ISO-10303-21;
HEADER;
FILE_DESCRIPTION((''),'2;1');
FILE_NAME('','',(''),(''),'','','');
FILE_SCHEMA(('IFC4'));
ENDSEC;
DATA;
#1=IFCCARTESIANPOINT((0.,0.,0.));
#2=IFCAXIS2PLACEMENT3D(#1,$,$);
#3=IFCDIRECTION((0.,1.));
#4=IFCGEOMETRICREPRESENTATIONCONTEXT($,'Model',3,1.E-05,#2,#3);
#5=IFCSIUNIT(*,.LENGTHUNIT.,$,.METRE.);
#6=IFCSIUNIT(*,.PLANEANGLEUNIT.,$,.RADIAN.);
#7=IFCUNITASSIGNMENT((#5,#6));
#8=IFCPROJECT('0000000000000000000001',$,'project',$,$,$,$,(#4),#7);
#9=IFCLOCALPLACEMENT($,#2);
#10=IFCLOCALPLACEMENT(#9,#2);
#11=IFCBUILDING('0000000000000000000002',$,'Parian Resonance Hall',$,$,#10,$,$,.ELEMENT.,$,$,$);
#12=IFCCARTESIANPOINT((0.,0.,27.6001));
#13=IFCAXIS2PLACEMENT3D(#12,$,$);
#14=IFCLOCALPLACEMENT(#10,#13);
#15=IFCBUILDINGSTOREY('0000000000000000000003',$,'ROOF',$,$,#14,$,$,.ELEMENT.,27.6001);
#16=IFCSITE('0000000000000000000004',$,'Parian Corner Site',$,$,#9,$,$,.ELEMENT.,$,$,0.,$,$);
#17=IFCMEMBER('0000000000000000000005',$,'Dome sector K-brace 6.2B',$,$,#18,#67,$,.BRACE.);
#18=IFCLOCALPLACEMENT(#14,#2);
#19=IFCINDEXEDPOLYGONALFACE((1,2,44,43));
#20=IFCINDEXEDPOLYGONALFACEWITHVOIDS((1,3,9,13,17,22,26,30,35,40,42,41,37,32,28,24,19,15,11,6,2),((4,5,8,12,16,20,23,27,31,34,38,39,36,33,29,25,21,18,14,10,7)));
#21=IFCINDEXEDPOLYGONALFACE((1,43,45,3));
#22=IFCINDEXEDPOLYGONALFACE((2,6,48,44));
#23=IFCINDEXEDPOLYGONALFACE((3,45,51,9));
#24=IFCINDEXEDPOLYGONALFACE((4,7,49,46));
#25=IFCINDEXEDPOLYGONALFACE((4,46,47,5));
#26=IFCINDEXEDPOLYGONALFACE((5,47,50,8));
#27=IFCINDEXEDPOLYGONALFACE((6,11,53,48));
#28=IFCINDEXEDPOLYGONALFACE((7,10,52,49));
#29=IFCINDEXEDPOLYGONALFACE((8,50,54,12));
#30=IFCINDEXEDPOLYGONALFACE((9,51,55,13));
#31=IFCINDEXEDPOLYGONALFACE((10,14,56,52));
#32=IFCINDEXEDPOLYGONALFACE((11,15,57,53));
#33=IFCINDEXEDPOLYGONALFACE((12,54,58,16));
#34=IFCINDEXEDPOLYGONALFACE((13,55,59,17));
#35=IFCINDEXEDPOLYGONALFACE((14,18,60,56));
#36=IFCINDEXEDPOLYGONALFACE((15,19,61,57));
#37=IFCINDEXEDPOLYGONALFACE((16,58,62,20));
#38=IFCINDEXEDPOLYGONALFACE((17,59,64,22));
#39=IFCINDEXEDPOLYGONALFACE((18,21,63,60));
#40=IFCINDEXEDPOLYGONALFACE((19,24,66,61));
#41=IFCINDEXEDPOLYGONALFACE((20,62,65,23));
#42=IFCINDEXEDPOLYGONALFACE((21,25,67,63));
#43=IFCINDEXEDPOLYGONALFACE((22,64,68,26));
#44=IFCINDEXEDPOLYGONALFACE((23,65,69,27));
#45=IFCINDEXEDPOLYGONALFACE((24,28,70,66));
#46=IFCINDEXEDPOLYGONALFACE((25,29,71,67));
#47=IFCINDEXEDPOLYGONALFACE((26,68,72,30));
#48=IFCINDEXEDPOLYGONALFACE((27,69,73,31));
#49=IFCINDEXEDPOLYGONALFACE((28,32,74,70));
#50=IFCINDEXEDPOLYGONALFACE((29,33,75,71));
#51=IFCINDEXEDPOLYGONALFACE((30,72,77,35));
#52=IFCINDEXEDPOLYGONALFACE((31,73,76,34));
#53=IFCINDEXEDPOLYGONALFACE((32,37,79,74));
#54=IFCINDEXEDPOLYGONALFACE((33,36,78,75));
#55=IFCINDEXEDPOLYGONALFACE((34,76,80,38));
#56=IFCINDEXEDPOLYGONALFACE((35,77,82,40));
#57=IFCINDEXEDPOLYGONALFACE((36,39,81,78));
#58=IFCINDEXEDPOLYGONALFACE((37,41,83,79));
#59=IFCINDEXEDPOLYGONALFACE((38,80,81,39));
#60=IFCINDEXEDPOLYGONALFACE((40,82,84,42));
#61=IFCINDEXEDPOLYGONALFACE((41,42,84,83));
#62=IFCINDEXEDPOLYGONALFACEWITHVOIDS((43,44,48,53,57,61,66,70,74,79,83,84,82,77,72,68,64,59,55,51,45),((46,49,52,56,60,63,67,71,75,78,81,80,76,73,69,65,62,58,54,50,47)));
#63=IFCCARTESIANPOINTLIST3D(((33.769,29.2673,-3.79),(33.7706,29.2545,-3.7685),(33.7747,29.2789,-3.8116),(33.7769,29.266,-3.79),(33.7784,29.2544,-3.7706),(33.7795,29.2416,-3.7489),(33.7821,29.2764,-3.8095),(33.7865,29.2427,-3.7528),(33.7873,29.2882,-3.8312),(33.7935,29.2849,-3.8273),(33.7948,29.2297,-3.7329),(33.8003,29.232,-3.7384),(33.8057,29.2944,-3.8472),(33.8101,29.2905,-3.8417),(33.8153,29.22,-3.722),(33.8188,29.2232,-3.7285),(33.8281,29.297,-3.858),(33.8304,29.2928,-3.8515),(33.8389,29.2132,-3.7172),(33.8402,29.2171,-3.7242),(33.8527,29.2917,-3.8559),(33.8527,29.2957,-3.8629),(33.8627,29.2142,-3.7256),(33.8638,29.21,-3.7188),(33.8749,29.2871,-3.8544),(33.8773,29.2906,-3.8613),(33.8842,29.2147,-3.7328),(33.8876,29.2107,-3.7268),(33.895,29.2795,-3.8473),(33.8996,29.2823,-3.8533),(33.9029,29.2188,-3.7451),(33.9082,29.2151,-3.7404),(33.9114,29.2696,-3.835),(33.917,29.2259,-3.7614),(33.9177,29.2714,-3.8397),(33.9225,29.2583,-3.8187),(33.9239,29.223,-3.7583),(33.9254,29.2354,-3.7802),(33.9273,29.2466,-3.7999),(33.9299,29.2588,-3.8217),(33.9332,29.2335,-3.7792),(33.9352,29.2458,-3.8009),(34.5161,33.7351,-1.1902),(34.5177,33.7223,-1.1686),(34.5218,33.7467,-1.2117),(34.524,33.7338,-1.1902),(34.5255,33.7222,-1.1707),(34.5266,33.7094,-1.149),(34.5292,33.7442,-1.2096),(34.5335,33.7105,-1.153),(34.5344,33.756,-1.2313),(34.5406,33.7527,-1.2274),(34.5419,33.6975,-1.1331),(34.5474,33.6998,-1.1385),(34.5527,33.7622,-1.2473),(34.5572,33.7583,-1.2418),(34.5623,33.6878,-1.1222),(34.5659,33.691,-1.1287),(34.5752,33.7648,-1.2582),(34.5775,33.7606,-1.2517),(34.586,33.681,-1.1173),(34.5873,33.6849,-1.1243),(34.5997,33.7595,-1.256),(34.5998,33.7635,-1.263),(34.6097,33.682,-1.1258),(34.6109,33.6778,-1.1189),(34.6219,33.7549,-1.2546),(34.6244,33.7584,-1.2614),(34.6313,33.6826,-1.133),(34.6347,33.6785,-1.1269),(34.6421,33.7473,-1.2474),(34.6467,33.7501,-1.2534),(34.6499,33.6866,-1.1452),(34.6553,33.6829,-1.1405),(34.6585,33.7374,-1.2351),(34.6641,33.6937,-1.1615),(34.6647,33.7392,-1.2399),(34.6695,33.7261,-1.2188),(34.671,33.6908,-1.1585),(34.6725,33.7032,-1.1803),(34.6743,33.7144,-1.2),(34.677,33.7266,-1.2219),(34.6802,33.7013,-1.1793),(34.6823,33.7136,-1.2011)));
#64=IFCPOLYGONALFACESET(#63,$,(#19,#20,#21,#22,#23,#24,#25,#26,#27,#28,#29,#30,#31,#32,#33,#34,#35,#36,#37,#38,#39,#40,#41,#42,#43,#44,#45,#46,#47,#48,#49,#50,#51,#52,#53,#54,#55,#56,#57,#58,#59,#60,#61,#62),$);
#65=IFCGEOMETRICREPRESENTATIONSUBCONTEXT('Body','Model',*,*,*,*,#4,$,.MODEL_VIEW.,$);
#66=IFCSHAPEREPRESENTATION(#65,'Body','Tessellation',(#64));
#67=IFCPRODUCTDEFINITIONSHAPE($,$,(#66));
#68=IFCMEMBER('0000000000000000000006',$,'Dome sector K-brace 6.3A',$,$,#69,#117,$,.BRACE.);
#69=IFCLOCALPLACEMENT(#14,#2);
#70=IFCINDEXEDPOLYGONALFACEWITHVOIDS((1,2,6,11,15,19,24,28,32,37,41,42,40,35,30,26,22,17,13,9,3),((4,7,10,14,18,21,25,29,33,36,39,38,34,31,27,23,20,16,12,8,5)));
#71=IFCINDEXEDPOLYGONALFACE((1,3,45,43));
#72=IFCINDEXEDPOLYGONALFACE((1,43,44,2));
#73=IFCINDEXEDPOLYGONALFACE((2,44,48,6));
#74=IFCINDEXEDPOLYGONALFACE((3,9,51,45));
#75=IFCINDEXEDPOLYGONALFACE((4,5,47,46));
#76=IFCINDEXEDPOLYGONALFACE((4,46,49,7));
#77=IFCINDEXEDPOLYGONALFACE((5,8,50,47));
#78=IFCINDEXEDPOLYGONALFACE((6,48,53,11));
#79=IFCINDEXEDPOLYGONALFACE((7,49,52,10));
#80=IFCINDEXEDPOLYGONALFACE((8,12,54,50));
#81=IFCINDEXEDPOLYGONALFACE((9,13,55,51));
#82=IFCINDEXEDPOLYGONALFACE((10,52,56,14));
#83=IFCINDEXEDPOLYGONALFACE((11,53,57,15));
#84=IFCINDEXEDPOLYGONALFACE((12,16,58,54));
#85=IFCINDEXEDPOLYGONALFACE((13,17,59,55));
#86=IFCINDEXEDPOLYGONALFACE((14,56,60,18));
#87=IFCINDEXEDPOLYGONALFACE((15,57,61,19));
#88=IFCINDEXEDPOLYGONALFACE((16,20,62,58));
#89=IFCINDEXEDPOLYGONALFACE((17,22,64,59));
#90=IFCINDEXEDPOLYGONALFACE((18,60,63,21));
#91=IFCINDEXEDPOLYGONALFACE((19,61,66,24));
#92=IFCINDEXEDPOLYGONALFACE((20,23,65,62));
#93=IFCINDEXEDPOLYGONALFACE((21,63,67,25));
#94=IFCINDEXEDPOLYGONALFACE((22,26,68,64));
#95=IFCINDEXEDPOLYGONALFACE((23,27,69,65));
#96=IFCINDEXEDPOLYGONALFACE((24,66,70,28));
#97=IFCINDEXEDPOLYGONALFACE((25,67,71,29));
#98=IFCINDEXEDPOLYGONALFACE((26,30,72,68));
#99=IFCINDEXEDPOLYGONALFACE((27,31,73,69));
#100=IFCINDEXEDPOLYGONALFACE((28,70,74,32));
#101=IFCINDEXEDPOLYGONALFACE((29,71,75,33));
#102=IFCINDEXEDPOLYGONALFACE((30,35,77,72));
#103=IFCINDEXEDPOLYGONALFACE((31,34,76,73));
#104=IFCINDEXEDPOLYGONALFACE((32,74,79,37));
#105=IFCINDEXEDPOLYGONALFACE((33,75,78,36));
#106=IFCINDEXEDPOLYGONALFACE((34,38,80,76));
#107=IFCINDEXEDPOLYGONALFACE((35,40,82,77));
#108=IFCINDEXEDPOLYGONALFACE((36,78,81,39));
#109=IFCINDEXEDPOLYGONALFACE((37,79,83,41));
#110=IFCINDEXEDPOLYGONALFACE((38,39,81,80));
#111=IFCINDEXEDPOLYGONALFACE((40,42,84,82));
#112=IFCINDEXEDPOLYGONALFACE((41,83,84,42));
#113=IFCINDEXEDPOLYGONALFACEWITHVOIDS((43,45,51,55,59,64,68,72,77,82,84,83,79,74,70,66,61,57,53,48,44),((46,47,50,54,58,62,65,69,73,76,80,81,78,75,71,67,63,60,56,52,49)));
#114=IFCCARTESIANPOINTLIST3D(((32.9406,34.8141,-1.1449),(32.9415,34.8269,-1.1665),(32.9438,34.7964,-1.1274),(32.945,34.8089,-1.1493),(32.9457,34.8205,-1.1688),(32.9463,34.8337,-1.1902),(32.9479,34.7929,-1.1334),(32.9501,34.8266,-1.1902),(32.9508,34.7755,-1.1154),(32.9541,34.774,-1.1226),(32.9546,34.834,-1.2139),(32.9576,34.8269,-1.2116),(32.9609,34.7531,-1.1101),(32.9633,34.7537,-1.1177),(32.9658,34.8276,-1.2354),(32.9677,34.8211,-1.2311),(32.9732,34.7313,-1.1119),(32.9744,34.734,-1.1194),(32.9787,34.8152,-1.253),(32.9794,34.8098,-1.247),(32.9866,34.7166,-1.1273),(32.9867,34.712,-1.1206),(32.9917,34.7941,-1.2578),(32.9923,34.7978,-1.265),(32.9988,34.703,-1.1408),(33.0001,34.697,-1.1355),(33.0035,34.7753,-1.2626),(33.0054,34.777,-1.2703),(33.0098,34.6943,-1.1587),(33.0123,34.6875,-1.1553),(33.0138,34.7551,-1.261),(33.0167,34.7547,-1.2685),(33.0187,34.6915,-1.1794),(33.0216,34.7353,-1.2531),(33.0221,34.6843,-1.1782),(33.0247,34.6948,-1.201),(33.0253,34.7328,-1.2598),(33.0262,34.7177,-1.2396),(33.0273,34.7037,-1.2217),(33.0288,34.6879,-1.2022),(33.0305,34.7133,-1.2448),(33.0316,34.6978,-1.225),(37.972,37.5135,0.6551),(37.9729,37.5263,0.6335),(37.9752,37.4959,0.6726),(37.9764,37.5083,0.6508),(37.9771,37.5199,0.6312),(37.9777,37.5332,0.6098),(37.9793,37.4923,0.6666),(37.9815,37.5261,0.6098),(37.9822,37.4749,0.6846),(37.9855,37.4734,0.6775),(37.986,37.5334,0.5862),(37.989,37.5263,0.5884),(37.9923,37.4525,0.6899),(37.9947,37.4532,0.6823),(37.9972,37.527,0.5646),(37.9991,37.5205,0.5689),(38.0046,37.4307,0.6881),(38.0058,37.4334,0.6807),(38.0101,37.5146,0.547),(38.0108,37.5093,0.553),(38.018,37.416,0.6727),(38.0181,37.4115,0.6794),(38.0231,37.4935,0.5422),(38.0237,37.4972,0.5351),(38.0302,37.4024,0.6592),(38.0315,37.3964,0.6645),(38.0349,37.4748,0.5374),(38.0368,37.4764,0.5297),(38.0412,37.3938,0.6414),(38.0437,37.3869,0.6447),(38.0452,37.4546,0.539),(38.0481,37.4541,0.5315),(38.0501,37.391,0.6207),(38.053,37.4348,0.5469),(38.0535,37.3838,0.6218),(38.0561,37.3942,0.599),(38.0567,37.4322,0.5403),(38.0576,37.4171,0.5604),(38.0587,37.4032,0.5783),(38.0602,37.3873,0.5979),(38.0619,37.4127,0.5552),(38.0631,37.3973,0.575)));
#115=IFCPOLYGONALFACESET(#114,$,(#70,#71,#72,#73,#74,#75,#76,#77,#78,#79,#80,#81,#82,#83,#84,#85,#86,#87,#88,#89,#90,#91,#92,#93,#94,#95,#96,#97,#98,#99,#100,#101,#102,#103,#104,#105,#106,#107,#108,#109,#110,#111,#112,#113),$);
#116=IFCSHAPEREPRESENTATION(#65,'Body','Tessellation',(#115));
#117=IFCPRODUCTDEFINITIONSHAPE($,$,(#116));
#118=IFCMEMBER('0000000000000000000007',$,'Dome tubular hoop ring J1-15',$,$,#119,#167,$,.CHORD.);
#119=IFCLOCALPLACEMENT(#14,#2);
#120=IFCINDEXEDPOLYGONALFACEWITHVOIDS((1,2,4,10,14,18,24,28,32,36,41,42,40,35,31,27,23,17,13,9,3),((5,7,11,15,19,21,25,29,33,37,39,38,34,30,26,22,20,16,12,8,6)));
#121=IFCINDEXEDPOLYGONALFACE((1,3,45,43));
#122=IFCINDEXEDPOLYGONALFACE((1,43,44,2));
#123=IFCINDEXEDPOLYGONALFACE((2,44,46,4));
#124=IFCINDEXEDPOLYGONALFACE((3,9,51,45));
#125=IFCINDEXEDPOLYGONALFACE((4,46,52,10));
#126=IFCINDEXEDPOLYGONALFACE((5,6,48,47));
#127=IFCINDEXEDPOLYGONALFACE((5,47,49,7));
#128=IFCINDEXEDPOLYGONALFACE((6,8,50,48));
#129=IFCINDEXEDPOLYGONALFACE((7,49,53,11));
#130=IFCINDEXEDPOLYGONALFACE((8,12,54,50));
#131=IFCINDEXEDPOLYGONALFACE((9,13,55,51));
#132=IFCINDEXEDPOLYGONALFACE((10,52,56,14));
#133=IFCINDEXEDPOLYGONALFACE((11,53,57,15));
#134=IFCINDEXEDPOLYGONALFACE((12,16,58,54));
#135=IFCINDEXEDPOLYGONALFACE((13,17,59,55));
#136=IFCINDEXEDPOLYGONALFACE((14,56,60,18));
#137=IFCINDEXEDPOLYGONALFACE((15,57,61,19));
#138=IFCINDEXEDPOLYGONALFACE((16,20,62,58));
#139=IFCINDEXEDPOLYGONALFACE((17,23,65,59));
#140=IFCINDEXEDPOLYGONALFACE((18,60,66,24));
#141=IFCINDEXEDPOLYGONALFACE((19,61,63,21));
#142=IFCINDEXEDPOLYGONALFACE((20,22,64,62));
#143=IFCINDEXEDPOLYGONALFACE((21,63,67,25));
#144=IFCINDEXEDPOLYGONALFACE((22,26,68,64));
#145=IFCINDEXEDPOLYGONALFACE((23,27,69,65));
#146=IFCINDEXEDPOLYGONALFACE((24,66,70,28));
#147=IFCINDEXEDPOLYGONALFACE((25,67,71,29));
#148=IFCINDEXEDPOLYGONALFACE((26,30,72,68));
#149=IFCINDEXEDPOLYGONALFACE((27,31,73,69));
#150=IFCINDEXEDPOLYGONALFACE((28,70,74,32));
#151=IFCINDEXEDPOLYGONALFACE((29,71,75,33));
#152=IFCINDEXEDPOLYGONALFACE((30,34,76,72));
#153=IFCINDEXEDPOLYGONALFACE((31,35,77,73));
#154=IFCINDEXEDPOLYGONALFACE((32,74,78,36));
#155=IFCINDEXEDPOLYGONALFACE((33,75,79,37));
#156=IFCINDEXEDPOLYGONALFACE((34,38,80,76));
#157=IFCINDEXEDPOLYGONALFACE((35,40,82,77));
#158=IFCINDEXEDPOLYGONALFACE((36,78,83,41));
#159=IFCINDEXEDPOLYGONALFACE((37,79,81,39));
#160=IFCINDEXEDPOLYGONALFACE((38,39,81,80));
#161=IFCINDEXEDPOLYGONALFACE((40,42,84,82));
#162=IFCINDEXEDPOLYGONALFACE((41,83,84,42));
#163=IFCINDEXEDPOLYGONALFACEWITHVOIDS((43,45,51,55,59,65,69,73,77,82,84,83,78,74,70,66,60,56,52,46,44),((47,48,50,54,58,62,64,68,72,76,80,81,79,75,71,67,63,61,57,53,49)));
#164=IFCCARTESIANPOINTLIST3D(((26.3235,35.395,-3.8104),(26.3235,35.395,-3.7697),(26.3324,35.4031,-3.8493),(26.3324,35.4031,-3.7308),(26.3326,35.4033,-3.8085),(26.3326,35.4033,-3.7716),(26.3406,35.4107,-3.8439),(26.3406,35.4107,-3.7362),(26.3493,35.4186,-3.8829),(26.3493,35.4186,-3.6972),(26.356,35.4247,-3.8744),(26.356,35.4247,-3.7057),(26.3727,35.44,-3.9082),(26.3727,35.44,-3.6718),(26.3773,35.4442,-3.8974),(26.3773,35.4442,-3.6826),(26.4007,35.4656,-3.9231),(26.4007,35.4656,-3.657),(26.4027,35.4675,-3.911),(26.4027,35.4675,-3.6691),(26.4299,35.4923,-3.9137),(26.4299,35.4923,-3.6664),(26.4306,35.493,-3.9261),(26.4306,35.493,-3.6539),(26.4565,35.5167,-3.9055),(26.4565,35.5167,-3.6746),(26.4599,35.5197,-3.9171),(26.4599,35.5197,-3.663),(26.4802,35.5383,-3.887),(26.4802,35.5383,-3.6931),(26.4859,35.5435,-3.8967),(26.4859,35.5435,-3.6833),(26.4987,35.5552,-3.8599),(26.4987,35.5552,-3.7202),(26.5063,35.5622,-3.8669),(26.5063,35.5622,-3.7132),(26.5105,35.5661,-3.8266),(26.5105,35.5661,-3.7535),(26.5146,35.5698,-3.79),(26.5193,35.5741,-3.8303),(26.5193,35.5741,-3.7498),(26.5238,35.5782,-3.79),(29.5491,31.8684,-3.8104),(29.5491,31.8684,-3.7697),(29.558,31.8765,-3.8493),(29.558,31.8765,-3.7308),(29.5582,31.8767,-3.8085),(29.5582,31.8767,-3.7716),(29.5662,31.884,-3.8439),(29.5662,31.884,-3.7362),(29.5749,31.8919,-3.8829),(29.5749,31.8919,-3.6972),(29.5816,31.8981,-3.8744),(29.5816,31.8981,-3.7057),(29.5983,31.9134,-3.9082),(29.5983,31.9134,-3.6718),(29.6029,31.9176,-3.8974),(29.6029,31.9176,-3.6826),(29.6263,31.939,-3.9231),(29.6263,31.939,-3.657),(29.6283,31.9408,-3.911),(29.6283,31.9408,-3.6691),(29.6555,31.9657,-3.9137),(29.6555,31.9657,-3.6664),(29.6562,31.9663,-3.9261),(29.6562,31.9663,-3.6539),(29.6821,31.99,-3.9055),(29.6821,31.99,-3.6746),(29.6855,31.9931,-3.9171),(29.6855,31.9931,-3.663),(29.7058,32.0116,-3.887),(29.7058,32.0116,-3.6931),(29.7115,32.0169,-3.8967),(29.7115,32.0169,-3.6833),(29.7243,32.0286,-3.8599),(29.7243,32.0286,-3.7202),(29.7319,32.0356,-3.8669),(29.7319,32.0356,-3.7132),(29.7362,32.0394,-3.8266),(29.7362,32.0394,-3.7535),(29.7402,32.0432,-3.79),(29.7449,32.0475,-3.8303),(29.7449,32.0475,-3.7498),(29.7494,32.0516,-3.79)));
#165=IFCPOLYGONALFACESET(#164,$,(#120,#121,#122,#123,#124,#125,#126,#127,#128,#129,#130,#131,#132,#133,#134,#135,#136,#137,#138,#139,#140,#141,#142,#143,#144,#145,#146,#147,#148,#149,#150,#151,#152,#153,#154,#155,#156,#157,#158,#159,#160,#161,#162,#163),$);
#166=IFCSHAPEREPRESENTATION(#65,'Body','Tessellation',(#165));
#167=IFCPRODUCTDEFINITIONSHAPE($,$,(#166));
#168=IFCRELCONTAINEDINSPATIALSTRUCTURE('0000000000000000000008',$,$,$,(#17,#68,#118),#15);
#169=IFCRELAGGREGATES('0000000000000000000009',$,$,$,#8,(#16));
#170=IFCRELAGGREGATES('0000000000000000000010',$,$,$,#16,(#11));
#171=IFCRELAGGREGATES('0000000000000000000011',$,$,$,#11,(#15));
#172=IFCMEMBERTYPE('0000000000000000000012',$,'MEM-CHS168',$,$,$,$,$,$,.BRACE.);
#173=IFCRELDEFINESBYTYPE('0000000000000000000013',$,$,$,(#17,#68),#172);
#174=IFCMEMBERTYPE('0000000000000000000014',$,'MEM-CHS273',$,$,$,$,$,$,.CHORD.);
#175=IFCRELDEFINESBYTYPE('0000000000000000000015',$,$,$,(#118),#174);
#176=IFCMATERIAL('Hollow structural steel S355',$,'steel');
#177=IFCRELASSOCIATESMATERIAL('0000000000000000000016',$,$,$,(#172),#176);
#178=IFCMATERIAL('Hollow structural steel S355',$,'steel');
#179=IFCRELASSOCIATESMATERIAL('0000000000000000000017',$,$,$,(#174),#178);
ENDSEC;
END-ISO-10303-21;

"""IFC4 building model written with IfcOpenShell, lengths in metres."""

from ifc_helpers import new_model, si_unit, direction, frame, origin, origin_2d, place, context, subcontext, project, spatial, hollow_circle, extrude, material, material_profile, profile_set, type_object, element, save


model = new_model("IFC4")

# Units and contexts
model_context = context("Model", 3, precision=1e-05, world=origin(), true_north=direction((0.0, 1.0)))
body_context = subcontext(model_context, "Body", "Model", "MODEL_VIEW")
ifc_project = project(units=[si_unit("LENGTHUNIT", "METRE"), si_unit("PLANEANGLEUNIT", "RADIAN")], contexts=[model_context])

# Site, building, storey
site_placement = place(None, origin())
site = spatial("IfcSite", under=ifc_project, at=site_placement, Name="Parian Corner Site", CompositionType="ELEMENT", RefElevation=0.0)
building_placement = place(site_placement, origin())
building = spatial("IfcBuilding", under=site, at=building_placement, Name="Parian Resonance Hall", CompositionType="ELEMENT")
storey_placement = place(building_placement, frame((0.0, 0.0, 27.6001)))
storey = spatial("IfcBuildingStorey", under=building, at=storey_placement, Name="ROOF", CompositionType="ELEMENT", Elevation=27.6001)

# Members
ifc_material_1 = material(Name="Hollow structural steel S355", Category="steel")
ifc_material_profile_1 = material_profile(ifc_material_1, hollow_circle(Radius=0.0842, WallThickness=0.0081, at=origin_2d()), Name="CHS168.3x8")
ifc_profile_set_1 = profile_set([ifc_material_profile_1], Name="Hollow structural steel S355")
member_type_1 = type_object("IfcMemberType", Name="MEM-CHS168", PredefinedType="BRACE", material=ifc_profile_set_1)
member_1_placement = place(storey_placement, frame((33.8521, 29.2534, -3.79), z_axis=(0.143038, 0.855425, 0.497783), x_axis=(-0.986306, 0.164923, 0.0)))
element("IfcMember", 1, at=member_1_placement, inside=storey, type_object=member_type_1, Name="Dome sector K-brace 6.2B", PredefinedType="BRACE", context=body_context, shape_type="SweptSolid", body=[
    extrude(hollow_circle(Radius=0.0842, WallThickness=0.0081, at=origin_2d()), origin(), (0.0, 0.0, 1.0), 5.2229),
])
member_2_placement = place(storey_placement, frame((32.9861, 34.7595, -1.1902), z_axis=(0.840414, 0.450893, 0.300664), x_axis=(-0.472768, 0.881187, 0.0)))
element("IfcMember", 2, at=member_2_placement, inside=storey, type_object=member_type_1, Name="Dome sector K-brace 6.3A", PredefinedType="BRACE", context=body_context, shape_type="SweptSolid", body=[
    extrude(hollow_circle(Radius=0.0842, WallThickness=0.0081, at=origin_2d()), origin(), (0.0, 0.0, 1.0), 5.9868),
])
ifc_material_2 = material(Name="Hollow structural steel S355", Category="steel")
ifc_material_profile_2 = material_profile(ifc_material_2, hollow_circle(Radius=0.1365, WallThickness=0.0125, at=origin_2d()), Name="CHS273x12.5")
ifc_profile_set_2 = profile_set([ifc_material_profile_2], Name="Hollow structural steel S355")
member_type_2 = type_object("IfcMemberType", Name="MEM-CHS273", PredefinedType="CHORD", material=ifc_profile_set_2)
member_3_placement = place(storey_placement, frame((26.4231, 35.4861, -3.79), z_axis=(0.674912, -0.737898, 0.0), x_axis=(0.737898, 0.674912, 0.0)))
element("IfcMember", 3, at=member_3_placement, inside=storey, type_object=member_type_2, Name="Dome tubular hoop ring J1-15", PredefinedType="CHORD", context=body_context, shape_type="SweptSolid", body=[
    extrude(hollow_circle(Radius=0.1365, WallThickness=0.0125, at=origin_2d()), origin(), (0.0, 0.0, 1.0), 4.7793),
])

save(model, "model.ifc")
